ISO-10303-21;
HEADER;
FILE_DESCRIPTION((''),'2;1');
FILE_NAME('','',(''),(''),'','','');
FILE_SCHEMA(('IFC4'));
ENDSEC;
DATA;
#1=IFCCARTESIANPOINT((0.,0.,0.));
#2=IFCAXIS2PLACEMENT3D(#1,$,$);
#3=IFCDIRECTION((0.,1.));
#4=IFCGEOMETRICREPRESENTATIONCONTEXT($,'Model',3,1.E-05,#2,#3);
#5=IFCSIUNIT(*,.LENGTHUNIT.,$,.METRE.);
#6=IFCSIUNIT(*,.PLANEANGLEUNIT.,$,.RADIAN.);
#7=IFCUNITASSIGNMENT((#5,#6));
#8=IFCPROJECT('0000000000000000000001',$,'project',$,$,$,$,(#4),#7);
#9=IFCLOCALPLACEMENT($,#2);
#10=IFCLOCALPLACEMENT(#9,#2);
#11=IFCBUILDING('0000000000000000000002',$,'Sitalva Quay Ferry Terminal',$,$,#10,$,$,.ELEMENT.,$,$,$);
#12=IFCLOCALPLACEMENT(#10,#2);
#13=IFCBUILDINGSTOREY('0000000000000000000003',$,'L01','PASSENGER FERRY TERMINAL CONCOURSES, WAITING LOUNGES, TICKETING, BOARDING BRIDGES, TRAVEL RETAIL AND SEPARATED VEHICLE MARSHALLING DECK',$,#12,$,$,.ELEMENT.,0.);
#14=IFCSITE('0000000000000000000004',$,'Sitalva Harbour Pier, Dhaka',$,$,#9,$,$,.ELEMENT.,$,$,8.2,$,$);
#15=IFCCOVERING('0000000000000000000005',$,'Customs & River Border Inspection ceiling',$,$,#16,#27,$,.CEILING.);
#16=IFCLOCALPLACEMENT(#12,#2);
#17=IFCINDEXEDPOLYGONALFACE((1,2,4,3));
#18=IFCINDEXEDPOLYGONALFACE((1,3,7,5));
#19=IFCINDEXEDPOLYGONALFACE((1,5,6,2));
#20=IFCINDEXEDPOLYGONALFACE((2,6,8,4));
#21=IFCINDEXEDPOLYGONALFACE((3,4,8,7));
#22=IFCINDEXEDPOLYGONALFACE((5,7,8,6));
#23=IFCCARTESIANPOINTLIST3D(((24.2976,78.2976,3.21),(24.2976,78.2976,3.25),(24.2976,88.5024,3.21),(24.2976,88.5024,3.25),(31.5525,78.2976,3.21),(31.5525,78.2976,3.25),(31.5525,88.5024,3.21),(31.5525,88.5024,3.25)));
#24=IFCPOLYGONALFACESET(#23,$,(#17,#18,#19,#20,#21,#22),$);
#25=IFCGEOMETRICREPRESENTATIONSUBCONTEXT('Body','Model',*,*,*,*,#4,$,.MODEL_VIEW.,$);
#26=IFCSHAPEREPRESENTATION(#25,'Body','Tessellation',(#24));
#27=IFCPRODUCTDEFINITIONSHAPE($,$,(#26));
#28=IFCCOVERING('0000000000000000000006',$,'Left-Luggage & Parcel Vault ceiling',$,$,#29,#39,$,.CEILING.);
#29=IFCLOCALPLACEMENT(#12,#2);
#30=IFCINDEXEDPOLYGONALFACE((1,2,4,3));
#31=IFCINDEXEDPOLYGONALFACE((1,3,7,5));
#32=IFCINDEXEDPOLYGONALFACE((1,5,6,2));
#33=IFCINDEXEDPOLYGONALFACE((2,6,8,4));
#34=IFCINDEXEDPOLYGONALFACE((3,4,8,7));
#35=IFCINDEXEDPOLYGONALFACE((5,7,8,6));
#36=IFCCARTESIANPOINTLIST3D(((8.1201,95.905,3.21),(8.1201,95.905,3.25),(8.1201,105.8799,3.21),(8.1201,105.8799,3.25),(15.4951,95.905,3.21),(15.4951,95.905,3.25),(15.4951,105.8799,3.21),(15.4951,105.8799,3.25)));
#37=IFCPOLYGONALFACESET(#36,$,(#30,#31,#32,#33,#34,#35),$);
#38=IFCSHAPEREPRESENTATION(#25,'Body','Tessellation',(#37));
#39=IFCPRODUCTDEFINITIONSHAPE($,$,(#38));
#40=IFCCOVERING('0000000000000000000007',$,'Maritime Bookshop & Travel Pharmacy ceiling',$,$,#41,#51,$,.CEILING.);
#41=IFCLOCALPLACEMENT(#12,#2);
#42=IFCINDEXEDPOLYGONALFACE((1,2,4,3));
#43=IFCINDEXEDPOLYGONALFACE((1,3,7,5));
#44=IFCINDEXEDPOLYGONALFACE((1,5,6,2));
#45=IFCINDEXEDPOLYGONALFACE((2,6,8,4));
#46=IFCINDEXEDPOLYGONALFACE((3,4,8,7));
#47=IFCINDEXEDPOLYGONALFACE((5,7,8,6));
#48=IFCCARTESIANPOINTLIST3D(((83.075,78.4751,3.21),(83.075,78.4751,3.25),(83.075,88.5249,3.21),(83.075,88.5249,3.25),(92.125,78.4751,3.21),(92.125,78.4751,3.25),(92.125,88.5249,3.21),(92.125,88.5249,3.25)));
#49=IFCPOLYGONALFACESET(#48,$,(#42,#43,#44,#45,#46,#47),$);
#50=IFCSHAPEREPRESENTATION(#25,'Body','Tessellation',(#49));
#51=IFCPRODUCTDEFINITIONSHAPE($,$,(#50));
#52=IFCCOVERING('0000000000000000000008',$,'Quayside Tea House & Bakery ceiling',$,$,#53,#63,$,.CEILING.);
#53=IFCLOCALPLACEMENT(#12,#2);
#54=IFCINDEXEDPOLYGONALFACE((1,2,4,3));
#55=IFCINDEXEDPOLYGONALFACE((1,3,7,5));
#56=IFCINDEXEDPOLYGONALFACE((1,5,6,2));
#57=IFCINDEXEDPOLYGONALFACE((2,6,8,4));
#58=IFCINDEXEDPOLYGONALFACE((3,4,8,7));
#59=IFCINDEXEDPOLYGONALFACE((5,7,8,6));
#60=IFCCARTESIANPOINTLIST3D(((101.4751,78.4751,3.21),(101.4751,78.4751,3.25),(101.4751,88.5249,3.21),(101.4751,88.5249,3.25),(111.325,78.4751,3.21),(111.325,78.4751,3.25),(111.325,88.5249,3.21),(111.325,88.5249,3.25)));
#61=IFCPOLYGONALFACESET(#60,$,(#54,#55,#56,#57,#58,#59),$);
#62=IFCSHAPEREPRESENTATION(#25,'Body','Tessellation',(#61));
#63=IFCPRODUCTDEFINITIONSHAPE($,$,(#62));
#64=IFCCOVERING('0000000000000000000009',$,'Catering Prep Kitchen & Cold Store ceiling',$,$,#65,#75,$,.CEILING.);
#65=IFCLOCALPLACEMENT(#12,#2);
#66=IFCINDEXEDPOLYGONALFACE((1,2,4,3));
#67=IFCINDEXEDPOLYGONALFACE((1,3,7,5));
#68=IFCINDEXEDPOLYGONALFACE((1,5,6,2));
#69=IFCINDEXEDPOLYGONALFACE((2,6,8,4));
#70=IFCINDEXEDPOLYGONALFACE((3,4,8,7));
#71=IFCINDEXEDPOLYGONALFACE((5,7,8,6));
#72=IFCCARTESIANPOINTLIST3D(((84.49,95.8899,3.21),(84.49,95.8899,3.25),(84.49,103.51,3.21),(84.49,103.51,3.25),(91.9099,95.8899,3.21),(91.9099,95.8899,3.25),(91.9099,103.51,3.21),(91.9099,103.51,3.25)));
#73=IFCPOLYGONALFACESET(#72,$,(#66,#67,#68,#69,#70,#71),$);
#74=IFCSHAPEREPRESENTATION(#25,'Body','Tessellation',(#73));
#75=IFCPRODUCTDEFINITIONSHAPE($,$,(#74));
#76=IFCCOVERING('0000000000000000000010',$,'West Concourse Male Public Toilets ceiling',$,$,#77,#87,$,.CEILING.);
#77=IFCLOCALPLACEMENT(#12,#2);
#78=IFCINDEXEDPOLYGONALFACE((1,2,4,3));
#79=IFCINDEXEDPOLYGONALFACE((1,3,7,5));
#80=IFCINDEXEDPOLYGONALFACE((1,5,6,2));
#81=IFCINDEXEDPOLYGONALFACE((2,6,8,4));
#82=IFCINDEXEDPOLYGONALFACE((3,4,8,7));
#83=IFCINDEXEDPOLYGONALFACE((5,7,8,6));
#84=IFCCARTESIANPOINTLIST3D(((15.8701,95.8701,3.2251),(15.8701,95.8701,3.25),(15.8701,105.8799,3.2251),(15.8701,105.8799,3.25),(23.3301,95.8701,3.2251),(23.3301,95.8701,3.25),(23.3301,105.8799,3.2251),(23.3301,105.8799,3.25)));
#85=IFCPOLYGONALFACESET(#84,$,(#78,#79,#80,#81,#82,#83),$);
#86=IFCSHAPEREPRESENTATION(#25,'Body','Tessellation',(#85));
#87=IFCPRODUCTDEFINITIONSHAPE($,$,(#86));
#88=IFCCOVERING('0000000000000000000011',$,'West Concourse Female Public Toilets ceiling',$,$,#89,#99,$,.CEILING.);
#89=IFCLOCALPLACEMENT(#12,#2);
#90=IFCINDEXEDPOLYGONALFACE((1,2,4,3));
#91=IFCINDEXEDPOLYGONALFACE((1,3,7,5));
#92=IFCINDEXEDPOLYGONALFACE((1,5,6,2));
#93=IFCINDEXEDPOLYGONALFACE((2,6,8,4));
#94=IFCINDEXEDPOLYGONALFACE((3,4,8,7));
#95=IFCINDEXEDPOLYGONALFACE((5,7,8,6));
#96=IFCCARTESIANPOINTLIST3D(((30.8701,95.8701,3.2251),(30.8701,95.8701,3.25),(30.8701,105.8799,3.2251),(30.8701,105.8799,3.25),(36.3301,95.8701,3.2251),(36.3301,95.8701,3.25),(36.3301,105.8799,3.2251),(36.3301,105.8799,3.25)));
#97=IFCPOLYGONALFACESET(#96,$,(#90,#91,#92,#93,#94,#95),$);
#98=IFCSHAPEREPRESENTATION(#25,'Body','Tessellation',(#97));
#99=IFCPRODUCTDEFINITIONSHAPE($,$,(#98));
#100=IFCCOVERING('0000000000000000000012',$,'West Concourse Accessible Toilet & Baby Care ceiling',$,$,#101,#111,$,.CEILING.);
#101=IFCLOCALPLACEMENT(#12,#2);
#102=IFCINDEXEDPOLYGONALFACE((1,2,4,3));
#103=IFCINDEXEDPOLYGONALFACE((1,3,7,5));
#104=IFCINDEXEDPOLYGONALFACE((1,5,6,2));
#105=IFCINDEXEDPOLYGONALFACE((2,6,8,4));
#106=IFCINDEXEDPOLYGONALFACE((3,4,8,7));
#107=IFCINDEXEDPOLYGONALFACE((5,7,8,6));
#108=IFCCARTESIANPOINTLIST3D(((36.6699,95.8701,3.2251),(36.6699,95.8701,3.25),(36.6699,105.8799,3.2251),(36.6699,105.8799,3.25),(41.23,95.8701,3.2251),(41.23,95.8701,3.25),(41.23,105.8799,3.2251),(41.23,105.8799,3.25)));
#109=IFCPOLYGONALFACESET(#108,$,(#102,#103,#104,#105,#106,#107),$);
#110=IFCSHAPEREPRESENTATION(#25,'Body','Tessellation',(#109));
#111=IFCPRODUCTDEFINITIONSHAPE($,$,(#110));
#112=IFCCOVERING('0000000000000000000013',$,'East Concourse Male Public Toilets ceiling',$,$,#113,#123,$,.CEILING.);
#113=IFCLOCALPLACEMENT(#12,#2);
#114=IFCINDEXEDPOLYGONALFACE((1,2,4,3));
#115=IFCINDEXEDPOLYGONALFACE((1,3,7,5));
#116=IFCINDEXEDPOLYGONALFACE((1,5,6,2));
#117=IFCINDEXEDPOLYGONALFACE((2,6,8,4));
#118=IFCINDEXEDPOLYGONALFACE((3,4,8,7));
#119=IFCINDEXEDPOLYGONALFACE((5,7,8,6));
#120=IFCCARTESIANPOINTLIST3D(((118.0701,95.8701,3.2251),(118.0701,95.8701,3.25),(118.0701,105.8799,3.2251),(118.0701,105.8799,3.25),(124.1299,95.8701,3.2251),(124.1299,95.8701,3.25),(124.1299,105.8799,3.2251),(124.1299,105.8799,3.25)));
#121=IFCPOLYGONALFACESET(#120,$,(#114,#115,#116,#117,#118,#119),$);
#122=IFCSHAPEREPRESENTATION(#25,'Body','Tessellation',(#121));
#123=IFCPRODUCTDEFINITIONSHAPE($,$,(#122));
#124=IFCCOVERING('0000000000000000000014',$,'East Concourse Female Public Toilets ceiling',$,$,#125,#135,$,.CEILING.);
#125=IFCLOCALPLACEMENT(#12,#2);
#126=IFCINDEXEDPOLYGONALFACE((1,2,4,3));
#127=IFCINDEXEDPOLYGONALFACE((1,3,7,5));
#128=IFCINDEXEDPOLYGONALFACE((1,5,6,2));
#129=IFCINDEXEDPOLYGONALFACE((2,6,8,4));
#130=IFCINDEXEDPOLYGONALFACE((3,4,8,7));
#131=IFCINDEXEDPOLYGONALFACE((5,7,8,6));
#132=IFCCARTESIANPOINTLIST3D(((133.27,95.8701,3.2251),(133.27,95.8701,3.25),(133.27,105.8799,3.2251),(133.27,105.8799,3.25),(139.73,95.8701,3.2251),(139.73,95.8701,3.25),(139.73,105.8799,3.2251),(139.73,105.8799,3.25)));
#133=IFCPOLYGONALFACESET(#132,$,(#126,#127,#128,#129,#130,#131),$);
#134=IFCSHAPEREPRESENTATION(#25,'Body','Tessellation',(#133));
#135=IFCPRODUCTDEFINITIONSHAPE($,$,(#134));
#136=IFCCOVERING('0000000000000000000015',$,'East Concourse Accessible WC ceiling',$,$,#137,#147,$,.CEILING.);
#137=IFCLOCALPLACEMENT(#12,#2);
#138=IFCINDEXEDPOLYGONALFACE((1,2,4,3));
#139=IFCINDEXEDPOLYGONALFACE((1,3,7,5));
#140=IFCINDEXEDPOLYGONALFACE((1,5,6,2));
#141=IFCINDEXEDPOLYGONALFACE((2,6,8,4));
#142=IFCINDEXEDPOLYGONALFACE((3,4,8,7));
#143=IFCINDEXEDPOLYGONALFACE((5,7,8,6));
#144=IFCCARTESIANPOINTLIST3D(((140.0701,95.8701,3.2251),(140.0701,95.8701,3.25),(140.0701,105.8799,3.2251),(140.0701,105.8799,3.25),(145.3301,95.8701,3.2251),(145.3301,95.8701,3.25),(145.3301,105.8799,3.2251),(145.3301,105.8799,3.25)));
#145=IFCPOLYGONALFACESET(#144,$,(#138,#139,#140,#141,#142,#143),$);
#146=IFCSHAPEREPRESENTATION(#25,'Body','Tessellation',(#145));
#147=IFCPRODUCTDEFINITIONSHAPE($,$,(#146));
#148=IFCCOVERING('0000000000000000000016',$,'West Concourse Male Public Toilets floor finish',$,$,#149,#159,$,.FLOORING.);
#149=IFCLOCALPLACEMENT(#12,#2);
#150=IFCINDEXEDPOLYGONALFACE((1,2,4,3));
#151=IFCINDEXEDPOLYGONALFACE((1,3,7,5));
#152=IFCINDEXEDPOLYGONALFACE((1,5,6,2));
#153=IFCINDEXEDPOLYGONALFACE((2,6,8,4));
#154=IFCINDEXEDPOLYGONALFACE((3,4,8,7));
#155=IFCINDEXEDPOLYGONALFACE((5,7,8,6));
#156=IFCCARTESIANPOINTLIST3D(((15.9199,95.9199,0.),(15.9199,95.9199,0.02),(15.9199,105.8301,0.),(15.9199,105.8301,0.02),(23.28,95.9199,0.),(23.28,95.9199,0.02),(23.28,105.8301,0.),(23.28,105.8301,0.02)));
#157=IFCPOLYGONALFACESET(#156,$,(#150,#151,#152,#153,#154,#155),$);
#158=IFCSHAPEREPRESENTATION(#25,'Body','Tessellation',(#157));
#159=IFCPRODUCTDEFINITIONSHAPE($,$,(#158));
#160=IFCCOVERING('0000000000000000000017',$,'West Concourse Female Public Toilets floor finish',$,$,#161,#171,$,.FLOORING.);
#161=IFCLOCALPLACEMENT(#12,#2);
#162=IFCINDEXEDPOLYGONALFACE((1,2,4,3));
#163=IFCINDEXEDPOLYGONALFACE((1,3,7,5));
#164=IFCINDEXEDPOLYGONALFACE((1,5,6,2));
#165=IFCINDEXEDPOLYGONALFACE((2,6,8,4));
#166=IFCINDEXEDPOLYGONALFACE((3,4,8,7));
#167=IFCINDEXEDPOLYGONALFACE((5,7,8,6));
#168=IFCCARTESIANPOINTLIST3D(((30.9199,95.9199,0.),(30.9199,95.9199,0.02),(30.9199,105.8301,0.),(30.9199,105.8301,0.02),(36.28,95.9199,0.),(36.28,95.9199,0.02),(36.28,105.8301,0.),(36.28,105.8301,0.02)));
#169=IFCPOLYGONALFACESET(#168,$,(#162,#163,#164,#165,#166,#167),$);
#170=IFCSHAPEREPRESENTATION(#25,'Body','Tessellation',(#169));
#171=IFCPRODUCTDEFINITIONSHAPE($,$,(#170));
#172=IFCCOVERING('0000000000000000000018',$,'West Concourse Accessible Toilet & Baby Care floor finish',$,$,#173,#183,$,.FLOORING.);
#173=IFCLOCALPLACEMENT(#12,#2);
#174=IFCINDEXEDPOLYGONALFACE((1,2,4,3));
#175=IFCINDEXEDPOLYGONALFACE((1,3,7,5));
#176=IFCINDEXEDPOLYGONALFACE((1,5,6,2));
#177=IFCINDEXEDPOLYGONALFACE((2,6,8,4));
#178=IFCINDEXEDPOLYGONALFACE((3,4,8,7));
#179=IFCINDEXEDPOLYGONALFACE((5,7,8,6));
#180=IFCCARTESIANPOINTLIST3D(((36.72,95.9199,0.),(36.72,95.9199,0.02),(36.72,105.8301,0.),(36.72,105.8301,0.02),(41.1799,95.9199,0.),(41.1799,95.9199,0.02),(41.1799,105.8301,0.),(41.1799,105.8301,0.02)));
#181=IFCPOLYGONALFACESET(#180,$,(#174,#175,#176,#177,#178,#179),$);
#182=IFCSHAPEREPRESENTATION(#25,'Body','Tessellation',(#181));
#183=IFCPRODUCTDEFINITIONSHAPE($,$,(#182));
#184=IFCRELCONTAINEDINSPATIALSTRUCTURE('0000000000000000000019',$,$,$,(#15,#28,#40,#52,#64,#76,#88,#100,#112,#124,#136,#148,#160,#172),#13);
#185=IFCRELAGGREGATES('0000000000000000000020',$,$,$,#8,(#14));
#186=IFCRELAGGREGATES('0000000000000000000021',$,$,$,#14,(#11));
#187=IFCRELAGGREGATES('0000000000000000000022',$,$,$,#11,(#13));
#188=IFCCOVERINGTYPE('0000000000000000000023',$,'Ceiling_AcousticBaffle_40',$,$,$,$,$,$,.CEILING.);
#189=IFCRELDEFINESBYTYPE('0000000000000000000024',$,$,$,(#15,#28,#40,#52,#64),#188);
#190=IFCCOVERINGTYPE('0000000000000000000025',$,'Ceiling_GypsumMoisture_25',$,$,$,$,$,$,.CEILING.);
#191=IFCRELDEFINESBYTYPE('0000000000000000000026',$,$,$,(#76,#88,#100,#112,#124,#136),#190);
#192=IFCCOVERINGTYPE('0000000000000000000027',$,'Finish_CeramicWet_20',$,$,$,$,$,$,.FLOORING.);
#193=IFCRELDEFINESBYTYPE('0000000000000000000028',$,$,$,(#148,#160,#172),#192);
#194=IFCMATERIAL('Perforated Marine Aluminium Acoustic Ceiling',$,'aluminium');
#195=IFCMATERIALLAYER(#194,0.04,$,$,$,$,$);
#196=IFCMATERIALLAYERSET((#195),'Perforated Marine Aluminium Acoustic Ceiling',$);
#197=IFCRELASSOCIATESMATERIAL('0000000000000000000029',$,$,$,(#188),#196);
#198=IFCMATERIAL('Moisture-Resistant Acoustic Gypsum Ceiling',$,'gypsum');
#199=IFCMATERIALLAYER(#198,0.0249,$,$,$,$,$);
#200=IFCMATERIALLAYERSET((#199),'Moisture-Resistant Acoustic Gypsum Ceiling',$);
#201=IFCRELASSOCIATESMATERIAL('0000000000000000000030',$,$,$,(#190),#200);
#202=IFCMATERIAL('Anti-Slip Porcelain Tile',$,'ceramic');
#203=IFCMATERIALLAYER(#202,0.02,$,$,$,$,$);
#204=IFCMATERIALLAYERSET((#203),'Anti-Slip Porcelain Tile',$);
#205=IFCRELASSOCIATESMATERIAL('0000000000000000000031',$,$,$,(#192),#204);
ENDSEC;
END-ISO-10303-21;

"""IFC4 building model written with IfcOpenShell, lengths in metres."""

from ifc_helpers import new_model, si_unit, direction, frame, origin, place, context, subcontext, project, spatial, polyline, outline, extrude, material, layer, layer_set, type_object, element, save


model = new_model("IFC4")

# Units and contexts
model_context = context("Model", 3, precision=1e-05, world=origin(), true_north=direction((0.0, 1.0)))
body_context = subcontext(model_context, "Body", "Model", "MODEL_VIEW")
ifc_project = project(units=[si_unit("LENGTHUNIT", "METRE"), si_unit("PLANEANGLEUNIT", "RADIAN")], contexts=[model_context])

# Site, building, storey
site_placement = place(None, origin())
site = spatial("IfcSite", under=ifc_project, at=site_placement, Name="Sitalva Harbour Pier, Dhaka", CompositionType="ELEMENT", RefElevation=8.2)
building_placement = place(site_placement, origin())
building = spatial("IfcBuilding", under=site, at=building_placement, Name="Sitalva Quay Ferry Terminal", CompositionType="ELEMENT")
storey_placement = place(building_placement, origin())
storey = spatial("IfcBuildingStorey", under=building, at=storey_placement, Name="L01", Description="PASSENGER FERRY TERMINAL CONCOURSES, WAITING LOUNGES, TICKETING, BOARDING BRIDGES, TRAVEL RETAIL AND SEPARATED VEHICLE MARSHALLING DECK", CompositionType="ELEMENT", Elevation=0.0)

# Coverings
ifc_material_1 = material(Name="Perforated Marine Aluminium Acoustic Ceiling", Category="aluminium")
ifc_layer_1 = layer(ifc_material_1, 0.04)
ifc_layer_set_1 = layer_set([ifc_layer_1], Name="Perforated Marine Aluminium Acoustic Ceiling")
covering_type_1 = type_object("IfcCoveringType", Name="Ceiling_AcousticBaffle_40", PredefinedType="CEILING", material=ifc_layer_set_1)
covering_1_placement = place(storey_placement, frame((0.0, 0.0, 3.21)))
element("IfcCovering", 1, at=covering_1_placement, inside=storey, type_object=covering_type_1, Name="Customs & River Border Inspection ceiling", PredefinedType="CEILING", context=body_context, shape_type="SweptSolid", body=[
    extrude(outline(polyline([(24.2976, 78.2976), (31.5525, 78.2976), (31.5525, 88.5024), (24.2976, 88.5024), (24.2976, 78.2976)])), origin(), (0.0, 0.0, 1.0), 0.04),
])
covering_2_placement = place(storey_placement, frame((0.0, 0.0, 3.21)))
element("IfcCovering", 2, at=covering_2_placement, inside=storey, type_object=covering_type_1, Name="Left-Luggage & Parcel Vault ceiling", PredefinedType="CEILING", context=body_context, shape_type="SweptSolid", body=[
    extrude(outline(polyline([(8.1201, 95.905), (15.4951, 95.905), (15.4951, 105.8799), (8.1201, 105.8799), (8.1201, 95.905)])), origin(), (0.0, 0.0, 1.0), 0.04),
])
covering_3_placement = place(storey_placement, frame((0.0, 0.0, 3.21)))
element("IfcCovering", 3, at=covering_3_placement, inside=storey, type_object=covering_type_1, Name="Maritime Bookshop & Travel Pharmacy ceiling", PredefinedType="CEILING", context=body_context, shape_type="SweptSolid", body=[
    extrude(outline(polyline([(83.075, 78.4751), (92.125, 78.4751), (92.125, 88.5249), (83.075, 88.5249), (83.075, 78.4751)])), origin(), (0.0, 0.0, 1.0), 0.04),
])
covering_4_placement = place(storey_placement, frame((0.0, 0.0, 3.21)))
element("IfcCovering", 4, at=covering_4_placement, inside=storey, type_object=covering_type_1, Name="Quayside Tea House & Bakery ceiling", PredefinedType="CEILING", context=body_context, shape_type="SweptSolid", body=[
    extrude(outline(polyline([(101.4751, 78.4751), (111.325, 78.4751), (111.325, 88.5249), (101.4751, 88.5249), (101.4751, 78.4751)])), origin(), (0.0, 0.0, 1.0), 0.04),
])
covering_5_placement = place(storey_placement, frame((0.0, 0.0, 3.21)))
element("IfcCovering", 5, at=covering_5_placement, inside=storey, type_object=covering_type_1, Name="Catering Prep Kitchen & Cold Store ceiling", PredefinedType="CEILING", context=body_context, shape_type="SweptSolid", body=[
    extrude(outline(polyline([(84.49, 95.8899), (91.9099, 95.8899), (91.9099, 103.51), (84.49, 103.51), (84.49, 95.8899)])), origin(), (0.0, 0.0, 1.0), 0.04),
])
ifc_material_2 = material(Name="Moisture-Resistant Acoustic Gypsum Ceiling", Category="gypsum")
ifc_layer_2 = layer(ifc_material_2, 0.0249)
ifc_layer_set_2 = layer_set([ifc_layer_2], Name="Moisture-Resistant Acoustic Gypsum Ceiling")
covering_type_2 = type_object("IfcCoveringType", Name="Ceiling_GypsumMoisture_25", PredefinedType="CEILING", material=ifc_layer_set_2)
covering_6_placement = place(storey_placement, frame((0.0, 0.0, 3.2251)))
element("IfcCovering", 6, at=covering_6_placement, inside=storey, type_object=covering_type_2, Name="West Concourse Male Public Toilets ceiling", PredefinedType="CEILING", context=body_context, shape_type="SweptSolid", body=[
    extrude(outline(polyline([(15.8701, 95.8701), (23.3301, 95.8701), (23.3301, 105.8799), (15.8701, 105.8799), (15.8701, 95.8701)])), origin(), (0.0, 0.0, 1.0), 0.0249),
])
covering_7_placement = place(storey_placement, frame((0.0, 0.0, 3.2251)))
element("IfcCovering", 7, at=covering_7_placement, inside=storey, type_object=covering_type_2, Name="West Concourse Female Public Toilets ceiling", PredefinedType="CEILING", context=body_context, shape_type="SweptSolid", body=[
    extrude(outline(polyline([(30.8701, 95.8701), (36.3301, 95.8701), (36.3301, 105.8799), (30.8701, 105.8799), (30.8701, 95.8701)])), origin(), (0.0, 0.0, 1.0), 0.0249),
])
covering_8_placement = place(storey_placement, frame((0.0, 0.0, 3.2251)))
element("IfcCovering", 8, at=covering_8_placement, inside=storey, type_object=covering_type_2, Name="West Concourse Accessible Toilet & Baby Care ceiling", PredefinedType="CEILING", context=body_context, shape_type="SweptSolid", body=[
    extrude(outline(polyline([(36.6699, 95.8701), (41.23, 95.8701), (41.23, 105.8799), (36.6699, 105.8799), (36.6699, 95.8701)])), origin(), (0.0, 0.0, 1.0), 0.0249),
])
covering_9_placement = place(storey_placement, frame((0.0, 0.0, 3.2251)))
element("IfcCovering", 9, at=covering_9_placement, inside=storey, type_object=covering_type_2, Name="East Concourse Male Public Toilets ceiling", PredefinedType="CEILING", context=body_context, shape_type="SweptSolid", body=[
    extrude(outline(polyline([(118.0701, 95.8701), (124.1299, 95.8701), (124.1299, 105.8799), (118.0701, 105.8799), (118.0701, 95.8701)])), origin(), (0.0, 0.0, 1.0), 0.0249),
])
covering_10_placement = place(storey_placement, frame((0.0, 0.0, 3.2251)))
element("IfcCovering", 10, at=covering_10_placement, inside=storey, type_object=covering_type_2, Name="East Concourse Female Public Toilets ceiling", PredefinedType="CEILING", context=body_context, shape_type="SweptSolid", body=[
    extrude(outline(polyline([(133.27, 95.8701), (139.73, 95.8701), (139.73, 105.8799), (133.27, 105.8799), (133.27, 95.8701)])), origin(), (0.0, 0.0, 1.0), 0.0249),
])
covering_11_placement = place(storey_placement, frame((0.0, 0.0, 3.2251)))
element("IfcCovering", 11, at=covering_11_placement, inside=storey, type_object=covering_type_2, Name="East Concourse Accessible WC ceiling", PredefinedType="CEILING", context=body_context, shape_type="SweptSolid", body=[
    extrude(outline(polyline([(140.0701, 95.8701), (145.3301, 95.8701), (145.3301, 105.8799), (140.0701, 105.8799), (140.0701, 95.8701)])), origin(), (0.0, 0.0, 1.0), 0.0249),
])
ifc_material_3 = material(Name="Anti-Slip Porcelain Tile", Category="ceramic")
ifc_layer_3 = layer(ifc_material_3, 0.02)
ifc_layer_set_3 = layer_set([ifc_layer_3], Name="Anti-Slip Porcelain Tile")
covering_type_3 = type_object("IfcCoveringType", Name="Finish_CeramicWet_20", PredefinedType="FLOORING", material=ifc_layer_set_3)
covering_12_placement = place(storey_placement, origin())
element("IfcCovering", 12, at=covering_12_placement, inside=storey, type_object=covering_type_3, Name="West Concourse Male Public Toilets floor finish", PredefinedType="FLOORING", context=body_context, shape_type="SweptSolid", body=[
    extrude(outline(polyline([(15.9199, 95.9199), (23.28, 95.9199), (23.28, 105.8301), (15.9199, 105.8301), (15.9199, 95.9199)])), origin(), (0.0, 0.0, 1.0), 0.02),
])
covering_13_placement = place(storey_placement, origin())
element("IfcCovering", 13, at=covering_13_placement, inside=storey, type_object=covering_type_3, Name="West Concourse Female Public Toilets floor finish", PredefinedType="FLOORING", context=body_context, shape_type="SweptSolid", body=[
    extrude(outline(polyline([(30.9199, 95.9199), (36.28, 95.9199), (36.28, 105.8301), (30.9199, 105.8301), (30.9199, 95.9199)])), origin(), (0.0, 0.0, 1.0), 0.02),
])
covering_14_placement = place(storey_placement, origin())
element("IfcCovering", 14, at=covering_14_placement, inside=storey, type_object=covering_type_3, Name="West Concourse Accessible Toilet & Baby Care floor finish", PredefinedType="FLOORING", context=body_context, shape_type="SweptSolid", body=[
    extrude(outline(polyline([(36.72, 95.9199), (41.1799, 95.9199), (41.1799, 105.8301), (36.72, 105.8301), (36.72, 95.9199)])), origin(), (0.0, 0.0, 1.0), 0.02),
])

save(model, "model.ifc")
